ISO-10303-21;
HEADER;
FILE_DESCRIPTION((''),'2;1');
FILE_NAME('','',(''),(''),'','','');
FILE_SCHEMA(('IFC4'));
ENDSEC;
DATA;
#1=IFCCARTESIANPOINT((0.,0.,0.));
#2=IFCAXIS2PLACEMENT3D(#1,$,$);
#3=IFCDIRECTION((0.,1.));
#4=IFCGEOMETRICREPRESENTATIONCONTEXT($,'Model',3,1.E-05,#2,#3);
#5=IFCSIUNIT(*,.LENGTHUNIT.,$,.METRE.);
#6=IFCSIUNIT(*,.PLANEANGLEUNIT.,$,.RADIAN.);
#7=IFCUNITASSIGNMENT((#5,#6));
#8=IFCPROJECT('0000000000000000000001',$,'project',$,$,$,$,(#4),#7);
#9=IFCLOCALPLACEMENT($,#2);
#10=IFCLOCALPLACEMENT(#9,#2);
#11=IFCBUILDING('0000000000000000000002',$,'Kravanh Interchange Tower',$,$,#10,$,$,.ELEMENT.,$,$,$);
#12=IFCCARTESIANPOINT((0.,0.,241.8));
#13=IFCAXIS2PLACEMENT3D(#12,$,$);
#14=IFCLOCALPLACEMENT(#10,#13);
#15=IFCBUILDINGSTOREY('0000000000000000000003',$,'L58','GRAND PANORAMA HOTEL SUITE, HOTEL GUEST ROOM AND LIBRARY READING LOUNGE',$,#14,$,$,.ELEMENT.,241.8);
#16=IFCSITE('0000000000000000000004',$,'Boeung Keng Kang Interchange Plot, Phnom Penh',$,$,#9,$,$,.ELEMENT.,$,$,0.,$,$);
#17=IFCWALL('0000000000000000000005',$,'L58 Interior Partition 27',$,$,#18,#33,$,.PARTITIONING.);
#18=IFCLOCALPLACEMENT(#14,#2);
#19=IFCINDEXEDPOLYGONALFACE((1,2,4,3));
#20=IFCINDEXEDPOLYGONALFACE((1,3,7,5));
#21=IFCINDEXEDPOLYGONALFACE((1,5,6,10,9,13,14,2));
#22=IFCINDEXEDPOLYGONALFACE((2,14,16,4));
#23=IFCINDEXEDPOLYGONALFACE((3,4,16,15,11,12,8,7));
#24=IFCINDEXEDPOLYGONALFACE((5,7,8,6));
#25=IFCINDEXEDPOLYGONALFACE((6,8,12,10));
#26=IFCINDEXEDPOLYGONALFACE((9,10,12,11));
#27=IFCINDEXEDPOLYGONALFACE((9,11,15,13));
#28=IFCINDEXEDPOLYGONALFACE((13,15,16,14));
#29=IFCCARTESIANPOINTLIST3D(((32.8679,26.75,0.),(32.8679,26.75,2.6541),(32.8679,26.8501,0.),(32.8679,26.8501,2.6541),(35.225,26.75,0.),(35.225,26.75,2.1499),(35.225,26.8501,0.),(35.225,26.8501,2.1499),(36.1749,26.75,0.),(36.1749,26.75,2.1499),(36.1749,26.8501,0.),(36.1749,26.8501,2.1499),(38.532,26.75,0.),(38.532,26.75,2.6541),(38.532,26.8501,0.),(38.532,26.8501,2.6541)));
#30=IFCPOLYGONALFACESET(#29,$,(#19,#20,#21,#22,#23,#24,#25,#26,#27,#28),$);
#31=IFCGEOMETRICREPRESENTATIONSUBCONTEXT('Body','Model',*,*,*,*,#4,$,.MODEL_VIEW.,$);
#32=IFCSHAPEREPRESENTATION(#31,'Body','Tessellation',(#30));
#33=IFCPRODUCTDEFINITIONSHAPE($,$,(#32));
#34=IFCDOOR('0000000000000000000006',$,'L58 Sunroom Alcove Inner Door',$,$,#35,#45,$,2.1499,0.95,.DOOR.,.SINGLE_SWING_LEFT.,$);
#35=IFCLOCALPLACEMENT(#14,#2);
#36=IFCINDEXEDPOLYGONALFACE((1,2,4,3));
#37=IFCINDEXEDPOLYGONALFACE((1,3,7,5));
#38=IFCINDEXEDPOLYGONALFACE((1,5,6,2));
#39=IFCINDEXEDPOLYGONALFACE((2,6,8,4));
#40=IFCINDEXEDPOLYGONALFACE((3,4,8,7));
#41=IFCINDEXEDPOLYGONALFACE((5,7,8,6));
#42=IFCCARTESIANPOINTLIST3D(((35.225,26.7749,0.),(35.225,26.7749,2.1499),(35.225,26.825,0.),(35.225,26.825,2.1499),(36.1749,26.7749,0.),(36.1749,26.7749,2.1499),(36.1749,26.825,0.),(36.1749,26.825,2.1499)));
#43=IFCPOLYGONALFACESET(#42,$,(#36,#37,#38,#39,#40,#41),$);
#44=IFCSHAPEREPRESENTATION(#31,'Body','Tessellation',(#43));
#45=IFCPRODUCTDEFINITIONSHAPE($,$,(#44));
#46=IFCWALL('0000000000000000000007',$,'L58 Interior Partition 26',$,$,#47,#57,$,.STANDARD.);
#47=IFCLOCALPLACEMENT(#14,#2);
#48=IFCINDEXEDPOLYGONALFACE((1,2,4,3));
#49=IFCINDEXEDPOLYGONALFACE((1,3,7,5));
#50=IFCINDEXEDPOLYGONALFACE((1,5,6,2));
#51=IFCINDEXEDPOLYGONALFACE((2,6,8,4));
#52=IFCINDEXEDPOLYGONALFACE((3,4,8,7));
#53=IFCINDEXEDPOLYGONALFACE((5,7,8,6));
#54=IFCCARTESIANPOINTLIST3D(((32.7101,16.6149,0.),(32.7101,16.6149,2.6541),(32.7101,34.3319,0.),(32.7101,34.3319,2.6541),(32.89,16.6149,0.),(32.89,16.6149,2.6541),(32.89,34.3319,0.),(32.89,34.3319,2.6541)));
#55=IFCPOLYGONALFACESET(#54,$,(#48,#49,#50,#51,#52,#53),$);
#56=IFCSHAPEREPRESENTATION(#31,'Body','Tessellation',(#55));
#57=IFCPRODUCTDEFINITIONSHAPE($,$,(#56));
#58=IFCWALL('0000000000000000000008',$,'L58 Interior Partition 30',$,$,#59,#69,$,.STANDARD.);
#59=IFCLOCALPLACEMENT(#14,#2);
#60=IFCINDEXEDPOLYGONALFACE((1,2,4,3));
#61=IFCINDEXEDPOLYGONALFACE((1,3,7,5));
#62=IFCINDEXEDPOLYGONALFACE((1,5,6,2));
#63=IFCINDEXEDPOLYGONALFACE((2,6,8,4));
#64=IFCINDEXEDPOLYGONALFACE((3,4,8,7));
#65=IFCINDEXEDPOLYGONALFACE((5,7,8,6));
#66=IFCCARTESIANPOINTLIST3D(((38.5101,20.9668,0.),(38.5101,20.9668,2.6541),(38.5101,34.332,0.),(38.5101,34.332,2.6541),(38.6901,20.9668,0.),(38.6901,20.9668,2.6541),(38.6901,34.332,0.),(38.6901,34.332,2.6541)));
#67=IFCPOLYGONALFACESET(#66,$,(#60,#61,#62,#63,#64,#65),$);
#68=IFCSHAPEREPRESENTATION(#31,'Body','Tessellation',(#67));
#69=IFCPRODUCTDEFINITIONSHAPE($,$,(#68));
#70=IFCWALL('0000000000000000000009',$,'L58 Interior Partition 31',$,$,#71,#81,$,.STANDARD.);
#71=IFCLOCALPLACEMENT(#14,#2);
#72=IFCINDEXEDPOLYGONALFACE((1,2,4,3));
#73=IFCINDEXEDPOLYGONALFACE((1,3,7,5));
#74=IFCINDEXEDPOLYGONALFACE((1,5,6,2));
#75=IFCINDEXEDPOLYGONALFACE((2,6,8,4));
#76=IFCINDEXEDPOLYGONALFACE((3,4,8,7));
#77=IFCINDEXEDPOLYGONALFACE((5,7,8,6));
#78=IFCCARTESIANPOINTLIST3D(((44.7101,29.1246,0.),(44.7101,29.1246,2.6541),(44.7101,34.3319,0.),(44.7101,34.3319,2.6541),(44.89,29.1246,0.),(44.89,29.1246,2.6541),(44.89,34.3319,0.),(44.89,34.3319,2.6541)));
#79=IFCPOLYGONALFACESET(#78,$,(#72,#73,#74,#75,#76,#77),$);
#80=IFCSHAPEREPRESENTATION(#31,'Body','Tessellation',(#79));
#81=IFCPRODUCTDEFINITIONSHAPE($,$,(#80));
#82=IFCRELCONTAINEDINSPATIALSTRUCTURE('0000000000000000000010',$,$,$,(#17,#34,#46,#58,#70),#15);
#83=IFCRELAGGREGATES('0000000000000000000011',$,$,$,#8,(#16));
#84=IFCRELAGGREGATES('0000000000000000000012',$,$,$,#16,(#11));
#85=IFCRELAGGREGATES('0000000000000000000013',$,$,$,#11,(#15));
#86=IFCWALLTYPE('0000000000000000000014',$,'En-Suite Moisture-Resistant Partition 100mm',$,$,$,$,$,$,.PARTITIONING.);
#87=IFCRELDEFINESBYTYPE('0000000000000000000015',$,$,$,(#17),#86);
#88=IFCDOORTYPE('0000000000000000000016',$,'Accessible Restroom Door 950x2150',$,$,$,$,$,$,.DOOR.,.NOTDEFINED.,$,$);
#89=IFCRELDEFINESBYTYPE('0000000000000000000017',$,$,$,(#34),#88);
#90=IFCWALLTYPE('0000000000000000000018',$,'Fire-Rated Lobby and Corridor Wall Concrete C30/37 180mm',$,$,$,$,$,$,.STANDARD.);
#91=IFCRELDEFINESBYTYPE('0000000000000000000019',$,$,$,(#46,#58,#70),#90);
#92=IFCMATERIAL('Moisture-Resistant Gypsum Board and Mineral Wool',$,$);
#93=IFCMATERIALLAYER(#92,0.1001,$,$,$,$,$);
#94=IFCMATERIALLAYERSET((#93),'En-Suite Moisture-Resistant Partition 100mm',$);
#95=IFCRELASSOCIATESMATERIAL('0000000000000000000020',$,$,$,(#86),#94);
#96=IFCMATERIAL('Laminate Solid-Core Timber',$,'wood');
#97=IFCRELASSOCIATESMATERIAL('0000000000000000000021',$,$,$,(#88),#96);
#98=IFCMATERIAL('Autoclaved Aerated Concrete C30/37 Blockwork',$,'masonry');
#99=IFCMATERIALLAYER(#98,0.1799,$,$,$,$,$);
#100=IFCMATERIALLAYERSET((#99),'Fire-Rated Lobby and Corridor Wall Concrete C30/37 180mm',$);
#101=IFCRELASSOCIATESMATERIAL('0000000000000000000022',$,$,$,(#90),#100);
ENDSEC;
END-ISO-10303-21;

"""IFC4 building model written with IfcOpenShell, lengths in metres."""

from ifc_helpers import new_model, si_unit, direction, frame, frame_2d, origin, place, context, subcontext, project, spatial, rectangle, extrude, material, layer, layer_set, type_object, element, fill, save


model = new_model("IFC4")

# Units and contexts
model_context = context("Model", 3, precision=1e-05, world=origin(), true_north=direction((0.0, 1.0)))
body_context = subcontext(model_context, "Body", "Model", "MODEL_VIEW")
ifc_project = project(units=[si_unit("LENGTHUNIT", "METRE"), si_unit("PLANEANGLEUNIT", "RADIAN")], contexts=[model_context])

# Site, building, storey
site_placement = place(None, origin())
site = spatial("IfcSite", under=ifc_project, at=site_placement, Name="Boeung Keng Kang Interchange Plot, Phnom Penh", CompositionType="ELEMENT", RefElevation=0.0)
building_placement = place(site_placement, origin())
building = spatial("IfcBuilding", under=site, at=building_placement, Name="Kravanh Interchange Tower", CompositionType="ELEMENT")
storey_placement = place(building_placement, frame((0.0, 0.0, 241.8)))
storey = spatial("IfcBuildingStorey", under=building, at=storey_placement, Name="L58", Description="GRAND PANORAMA HOTEL SUITE, HOTEL GUEST ROOM AND LIBRARY READING LOUNGE", CompositionType="ELEMENT", Elevation=241.8)

# Wall, opening, door
ifc_material_1 = material(Name="Moisture-Resistant Gypsum Board and Mineral Wool")
ifc_layer_1 = layer(ifc_material_1, 0.1001)
ifc_layer_set_1 = layer_set([ifc_layer_1], Name="En-Suite Moisture-Resistant Partition 100mm")
wall_type_1 = type_object("IfcWallType", Name="En-Suite Moisture-Resistant Partition 100mm", PredefinedType="PARTITIONING", material=ifc_layer_set_1)
wall_1_placement = place(storey_placement, frame((32.8679, 26.8, 0.0), z_axis=(0.0, 0.0, 1.0), x_axis=(1.0, 0.0, 0.0)))
wall_1 = element("IfcWall", 1, at=wall_1_placement, inside=storey, type_object=wall_type_1, Name="L58 Interior Partition 27", PredefinedType="PARTITIONING", context=body_context, shape_type="SweptSolid", body=[
    extrude(rectangle(XDim=5.6641, YDim=0.1001, at=frame_2d((2.832, 0.0))), origin(), (0.0, 0.0, 1.0), 2.6541),
])
opening_placement = place(wall_1_placement, frame((2.3569, 0.0, 0.0)))
opening = element("IfcOpeningElement", 2, at=opening_placement, cuts=wall_1, PredefinedType="OPENING", context=body_context, shape_type="SweptSolid", body=[
    extrude(rectangle(XDim=0.95, YDim=2.1499, at=frame_2d((0.4751, 1.075))), frame((0.0, 0.0601, 0.0), z_axis=(0.0, -1.0, 0.0), x_axis=(1.0, 0.0, 0.0)), (0.0, 0.0, 1.0), 0.1201),
])
ifc_material_2 = material(Name="Laminate Solid-Core Timber", Category="wood")
door_type = type_object("IfcDoorType", Name="Accessible Restroom Door 950x2150", OperationType="NOTDEFINED", PredefinedType="DOOR", material=ifc_material_2)
door_placement = place(opening_placement, origin())
door = element("IfcDoor", 3, at=door_placement, inside=storey, type_object=door_type, Name="L58 Sunroom Alcove Inner Door", OperationType="SINGLE_SWING_LEFT", OverallHeight=2.1499, OverallWidth=0.95, PredefinedType="DOOR", context=body_context, shape_type="SweptSolid", body=[
    extrude(rectangle(XDim=0.95, YDim=2.1499, at=frame_2d((0.4751, 1.075))), frame((0.0, 0.0249, 0.0), z_axis=(0.0, -1.0, 0.0), x_axis=(1.0, 0.0, 0.0)), (0.0, 0.0, 1.0), 0.05),
])
fill(opening, door)

# Walls
ifc_material_3 = material(Name="Autoclaved Aerated Concrete C30/37 Blockwork", Category="masonry")
ifc_layer_2 = layer(ifc_material_3, 0.1799)
ifc_layer_set_2 = layer_set([ifc_layer_2], Name="Fire-Rated Lobby and Corridor Wall Concrete C30/37 180mm")
wall_type_2 = type_object("IfcWallType", Name="Fire-Rated Lobby and Corridor Wall Concrete C30/37 180mm", PredefinedType="STANDARD", material=ifc_layer_set_2)
wall_2_placement = place(storey_placement, frame((32.8, 16.615, 0.0), z_axis=(0.0, 0.0, 1.0), x_axis=(0.0, 1.0, 0.0)))
element("IfcWall", 4, at=wall_2_placement, inside=storey, type_object=wall_type_2, Name="L58 Interior Partition 26", PredefinedType="STANDARD", context=body_context, shape_type="SweptSolid", body=[
    extrude(rectangle(XDim=17.717, YDim=0.1799, at=frame_2d((8.8584, 0.0))), origin(), (0.0, 0.0, 1.0), 2.6541),
])
wall_3_placement = place(storey_placement, frame((38.6001, 20.9668, 0.0), z_axis=(0.0, 0.0, 1.0), x_axis=(0.0, 1.0, 0.0)))
element("IfcWall", 5, at=wall_3_placement, inside=storey, type_object=wall_type_2, Name="L58 Interior Partition 30", PredefinedType="STANDARD", context=body_context, shape_type="SweptSolid", body=[
    extrude(rectangle(XDim=13.3652, YDim=0.1799, at=frame_2d((6.6826, 0.0))), origin(), (0.0, 0.0, 1.0), 2.6541),
])
wall_4_placement = place(storey_placement, frame((44.8, 29.1248, 0.0), z_axis=(0.0, 0.0, 1.0), x_axis=(0.0, 1.0, 0.0)))
element("IfcWall", 6, at=wall_4_placement, inside=storey, type_object=wall_type_2, Name="L58 Interior Partition 31", PredefinedType="STANDARD", context=body_context, shape_type="SweptSolid", body=[
    extrude(rectangle(XDim=5.2073, YDim=0.1799, at=frame_2d((2.6035, 0.0))), origin(), (0.0, 0.0, 1.0), 2.6541),
])

save(model, "model.ifc")
